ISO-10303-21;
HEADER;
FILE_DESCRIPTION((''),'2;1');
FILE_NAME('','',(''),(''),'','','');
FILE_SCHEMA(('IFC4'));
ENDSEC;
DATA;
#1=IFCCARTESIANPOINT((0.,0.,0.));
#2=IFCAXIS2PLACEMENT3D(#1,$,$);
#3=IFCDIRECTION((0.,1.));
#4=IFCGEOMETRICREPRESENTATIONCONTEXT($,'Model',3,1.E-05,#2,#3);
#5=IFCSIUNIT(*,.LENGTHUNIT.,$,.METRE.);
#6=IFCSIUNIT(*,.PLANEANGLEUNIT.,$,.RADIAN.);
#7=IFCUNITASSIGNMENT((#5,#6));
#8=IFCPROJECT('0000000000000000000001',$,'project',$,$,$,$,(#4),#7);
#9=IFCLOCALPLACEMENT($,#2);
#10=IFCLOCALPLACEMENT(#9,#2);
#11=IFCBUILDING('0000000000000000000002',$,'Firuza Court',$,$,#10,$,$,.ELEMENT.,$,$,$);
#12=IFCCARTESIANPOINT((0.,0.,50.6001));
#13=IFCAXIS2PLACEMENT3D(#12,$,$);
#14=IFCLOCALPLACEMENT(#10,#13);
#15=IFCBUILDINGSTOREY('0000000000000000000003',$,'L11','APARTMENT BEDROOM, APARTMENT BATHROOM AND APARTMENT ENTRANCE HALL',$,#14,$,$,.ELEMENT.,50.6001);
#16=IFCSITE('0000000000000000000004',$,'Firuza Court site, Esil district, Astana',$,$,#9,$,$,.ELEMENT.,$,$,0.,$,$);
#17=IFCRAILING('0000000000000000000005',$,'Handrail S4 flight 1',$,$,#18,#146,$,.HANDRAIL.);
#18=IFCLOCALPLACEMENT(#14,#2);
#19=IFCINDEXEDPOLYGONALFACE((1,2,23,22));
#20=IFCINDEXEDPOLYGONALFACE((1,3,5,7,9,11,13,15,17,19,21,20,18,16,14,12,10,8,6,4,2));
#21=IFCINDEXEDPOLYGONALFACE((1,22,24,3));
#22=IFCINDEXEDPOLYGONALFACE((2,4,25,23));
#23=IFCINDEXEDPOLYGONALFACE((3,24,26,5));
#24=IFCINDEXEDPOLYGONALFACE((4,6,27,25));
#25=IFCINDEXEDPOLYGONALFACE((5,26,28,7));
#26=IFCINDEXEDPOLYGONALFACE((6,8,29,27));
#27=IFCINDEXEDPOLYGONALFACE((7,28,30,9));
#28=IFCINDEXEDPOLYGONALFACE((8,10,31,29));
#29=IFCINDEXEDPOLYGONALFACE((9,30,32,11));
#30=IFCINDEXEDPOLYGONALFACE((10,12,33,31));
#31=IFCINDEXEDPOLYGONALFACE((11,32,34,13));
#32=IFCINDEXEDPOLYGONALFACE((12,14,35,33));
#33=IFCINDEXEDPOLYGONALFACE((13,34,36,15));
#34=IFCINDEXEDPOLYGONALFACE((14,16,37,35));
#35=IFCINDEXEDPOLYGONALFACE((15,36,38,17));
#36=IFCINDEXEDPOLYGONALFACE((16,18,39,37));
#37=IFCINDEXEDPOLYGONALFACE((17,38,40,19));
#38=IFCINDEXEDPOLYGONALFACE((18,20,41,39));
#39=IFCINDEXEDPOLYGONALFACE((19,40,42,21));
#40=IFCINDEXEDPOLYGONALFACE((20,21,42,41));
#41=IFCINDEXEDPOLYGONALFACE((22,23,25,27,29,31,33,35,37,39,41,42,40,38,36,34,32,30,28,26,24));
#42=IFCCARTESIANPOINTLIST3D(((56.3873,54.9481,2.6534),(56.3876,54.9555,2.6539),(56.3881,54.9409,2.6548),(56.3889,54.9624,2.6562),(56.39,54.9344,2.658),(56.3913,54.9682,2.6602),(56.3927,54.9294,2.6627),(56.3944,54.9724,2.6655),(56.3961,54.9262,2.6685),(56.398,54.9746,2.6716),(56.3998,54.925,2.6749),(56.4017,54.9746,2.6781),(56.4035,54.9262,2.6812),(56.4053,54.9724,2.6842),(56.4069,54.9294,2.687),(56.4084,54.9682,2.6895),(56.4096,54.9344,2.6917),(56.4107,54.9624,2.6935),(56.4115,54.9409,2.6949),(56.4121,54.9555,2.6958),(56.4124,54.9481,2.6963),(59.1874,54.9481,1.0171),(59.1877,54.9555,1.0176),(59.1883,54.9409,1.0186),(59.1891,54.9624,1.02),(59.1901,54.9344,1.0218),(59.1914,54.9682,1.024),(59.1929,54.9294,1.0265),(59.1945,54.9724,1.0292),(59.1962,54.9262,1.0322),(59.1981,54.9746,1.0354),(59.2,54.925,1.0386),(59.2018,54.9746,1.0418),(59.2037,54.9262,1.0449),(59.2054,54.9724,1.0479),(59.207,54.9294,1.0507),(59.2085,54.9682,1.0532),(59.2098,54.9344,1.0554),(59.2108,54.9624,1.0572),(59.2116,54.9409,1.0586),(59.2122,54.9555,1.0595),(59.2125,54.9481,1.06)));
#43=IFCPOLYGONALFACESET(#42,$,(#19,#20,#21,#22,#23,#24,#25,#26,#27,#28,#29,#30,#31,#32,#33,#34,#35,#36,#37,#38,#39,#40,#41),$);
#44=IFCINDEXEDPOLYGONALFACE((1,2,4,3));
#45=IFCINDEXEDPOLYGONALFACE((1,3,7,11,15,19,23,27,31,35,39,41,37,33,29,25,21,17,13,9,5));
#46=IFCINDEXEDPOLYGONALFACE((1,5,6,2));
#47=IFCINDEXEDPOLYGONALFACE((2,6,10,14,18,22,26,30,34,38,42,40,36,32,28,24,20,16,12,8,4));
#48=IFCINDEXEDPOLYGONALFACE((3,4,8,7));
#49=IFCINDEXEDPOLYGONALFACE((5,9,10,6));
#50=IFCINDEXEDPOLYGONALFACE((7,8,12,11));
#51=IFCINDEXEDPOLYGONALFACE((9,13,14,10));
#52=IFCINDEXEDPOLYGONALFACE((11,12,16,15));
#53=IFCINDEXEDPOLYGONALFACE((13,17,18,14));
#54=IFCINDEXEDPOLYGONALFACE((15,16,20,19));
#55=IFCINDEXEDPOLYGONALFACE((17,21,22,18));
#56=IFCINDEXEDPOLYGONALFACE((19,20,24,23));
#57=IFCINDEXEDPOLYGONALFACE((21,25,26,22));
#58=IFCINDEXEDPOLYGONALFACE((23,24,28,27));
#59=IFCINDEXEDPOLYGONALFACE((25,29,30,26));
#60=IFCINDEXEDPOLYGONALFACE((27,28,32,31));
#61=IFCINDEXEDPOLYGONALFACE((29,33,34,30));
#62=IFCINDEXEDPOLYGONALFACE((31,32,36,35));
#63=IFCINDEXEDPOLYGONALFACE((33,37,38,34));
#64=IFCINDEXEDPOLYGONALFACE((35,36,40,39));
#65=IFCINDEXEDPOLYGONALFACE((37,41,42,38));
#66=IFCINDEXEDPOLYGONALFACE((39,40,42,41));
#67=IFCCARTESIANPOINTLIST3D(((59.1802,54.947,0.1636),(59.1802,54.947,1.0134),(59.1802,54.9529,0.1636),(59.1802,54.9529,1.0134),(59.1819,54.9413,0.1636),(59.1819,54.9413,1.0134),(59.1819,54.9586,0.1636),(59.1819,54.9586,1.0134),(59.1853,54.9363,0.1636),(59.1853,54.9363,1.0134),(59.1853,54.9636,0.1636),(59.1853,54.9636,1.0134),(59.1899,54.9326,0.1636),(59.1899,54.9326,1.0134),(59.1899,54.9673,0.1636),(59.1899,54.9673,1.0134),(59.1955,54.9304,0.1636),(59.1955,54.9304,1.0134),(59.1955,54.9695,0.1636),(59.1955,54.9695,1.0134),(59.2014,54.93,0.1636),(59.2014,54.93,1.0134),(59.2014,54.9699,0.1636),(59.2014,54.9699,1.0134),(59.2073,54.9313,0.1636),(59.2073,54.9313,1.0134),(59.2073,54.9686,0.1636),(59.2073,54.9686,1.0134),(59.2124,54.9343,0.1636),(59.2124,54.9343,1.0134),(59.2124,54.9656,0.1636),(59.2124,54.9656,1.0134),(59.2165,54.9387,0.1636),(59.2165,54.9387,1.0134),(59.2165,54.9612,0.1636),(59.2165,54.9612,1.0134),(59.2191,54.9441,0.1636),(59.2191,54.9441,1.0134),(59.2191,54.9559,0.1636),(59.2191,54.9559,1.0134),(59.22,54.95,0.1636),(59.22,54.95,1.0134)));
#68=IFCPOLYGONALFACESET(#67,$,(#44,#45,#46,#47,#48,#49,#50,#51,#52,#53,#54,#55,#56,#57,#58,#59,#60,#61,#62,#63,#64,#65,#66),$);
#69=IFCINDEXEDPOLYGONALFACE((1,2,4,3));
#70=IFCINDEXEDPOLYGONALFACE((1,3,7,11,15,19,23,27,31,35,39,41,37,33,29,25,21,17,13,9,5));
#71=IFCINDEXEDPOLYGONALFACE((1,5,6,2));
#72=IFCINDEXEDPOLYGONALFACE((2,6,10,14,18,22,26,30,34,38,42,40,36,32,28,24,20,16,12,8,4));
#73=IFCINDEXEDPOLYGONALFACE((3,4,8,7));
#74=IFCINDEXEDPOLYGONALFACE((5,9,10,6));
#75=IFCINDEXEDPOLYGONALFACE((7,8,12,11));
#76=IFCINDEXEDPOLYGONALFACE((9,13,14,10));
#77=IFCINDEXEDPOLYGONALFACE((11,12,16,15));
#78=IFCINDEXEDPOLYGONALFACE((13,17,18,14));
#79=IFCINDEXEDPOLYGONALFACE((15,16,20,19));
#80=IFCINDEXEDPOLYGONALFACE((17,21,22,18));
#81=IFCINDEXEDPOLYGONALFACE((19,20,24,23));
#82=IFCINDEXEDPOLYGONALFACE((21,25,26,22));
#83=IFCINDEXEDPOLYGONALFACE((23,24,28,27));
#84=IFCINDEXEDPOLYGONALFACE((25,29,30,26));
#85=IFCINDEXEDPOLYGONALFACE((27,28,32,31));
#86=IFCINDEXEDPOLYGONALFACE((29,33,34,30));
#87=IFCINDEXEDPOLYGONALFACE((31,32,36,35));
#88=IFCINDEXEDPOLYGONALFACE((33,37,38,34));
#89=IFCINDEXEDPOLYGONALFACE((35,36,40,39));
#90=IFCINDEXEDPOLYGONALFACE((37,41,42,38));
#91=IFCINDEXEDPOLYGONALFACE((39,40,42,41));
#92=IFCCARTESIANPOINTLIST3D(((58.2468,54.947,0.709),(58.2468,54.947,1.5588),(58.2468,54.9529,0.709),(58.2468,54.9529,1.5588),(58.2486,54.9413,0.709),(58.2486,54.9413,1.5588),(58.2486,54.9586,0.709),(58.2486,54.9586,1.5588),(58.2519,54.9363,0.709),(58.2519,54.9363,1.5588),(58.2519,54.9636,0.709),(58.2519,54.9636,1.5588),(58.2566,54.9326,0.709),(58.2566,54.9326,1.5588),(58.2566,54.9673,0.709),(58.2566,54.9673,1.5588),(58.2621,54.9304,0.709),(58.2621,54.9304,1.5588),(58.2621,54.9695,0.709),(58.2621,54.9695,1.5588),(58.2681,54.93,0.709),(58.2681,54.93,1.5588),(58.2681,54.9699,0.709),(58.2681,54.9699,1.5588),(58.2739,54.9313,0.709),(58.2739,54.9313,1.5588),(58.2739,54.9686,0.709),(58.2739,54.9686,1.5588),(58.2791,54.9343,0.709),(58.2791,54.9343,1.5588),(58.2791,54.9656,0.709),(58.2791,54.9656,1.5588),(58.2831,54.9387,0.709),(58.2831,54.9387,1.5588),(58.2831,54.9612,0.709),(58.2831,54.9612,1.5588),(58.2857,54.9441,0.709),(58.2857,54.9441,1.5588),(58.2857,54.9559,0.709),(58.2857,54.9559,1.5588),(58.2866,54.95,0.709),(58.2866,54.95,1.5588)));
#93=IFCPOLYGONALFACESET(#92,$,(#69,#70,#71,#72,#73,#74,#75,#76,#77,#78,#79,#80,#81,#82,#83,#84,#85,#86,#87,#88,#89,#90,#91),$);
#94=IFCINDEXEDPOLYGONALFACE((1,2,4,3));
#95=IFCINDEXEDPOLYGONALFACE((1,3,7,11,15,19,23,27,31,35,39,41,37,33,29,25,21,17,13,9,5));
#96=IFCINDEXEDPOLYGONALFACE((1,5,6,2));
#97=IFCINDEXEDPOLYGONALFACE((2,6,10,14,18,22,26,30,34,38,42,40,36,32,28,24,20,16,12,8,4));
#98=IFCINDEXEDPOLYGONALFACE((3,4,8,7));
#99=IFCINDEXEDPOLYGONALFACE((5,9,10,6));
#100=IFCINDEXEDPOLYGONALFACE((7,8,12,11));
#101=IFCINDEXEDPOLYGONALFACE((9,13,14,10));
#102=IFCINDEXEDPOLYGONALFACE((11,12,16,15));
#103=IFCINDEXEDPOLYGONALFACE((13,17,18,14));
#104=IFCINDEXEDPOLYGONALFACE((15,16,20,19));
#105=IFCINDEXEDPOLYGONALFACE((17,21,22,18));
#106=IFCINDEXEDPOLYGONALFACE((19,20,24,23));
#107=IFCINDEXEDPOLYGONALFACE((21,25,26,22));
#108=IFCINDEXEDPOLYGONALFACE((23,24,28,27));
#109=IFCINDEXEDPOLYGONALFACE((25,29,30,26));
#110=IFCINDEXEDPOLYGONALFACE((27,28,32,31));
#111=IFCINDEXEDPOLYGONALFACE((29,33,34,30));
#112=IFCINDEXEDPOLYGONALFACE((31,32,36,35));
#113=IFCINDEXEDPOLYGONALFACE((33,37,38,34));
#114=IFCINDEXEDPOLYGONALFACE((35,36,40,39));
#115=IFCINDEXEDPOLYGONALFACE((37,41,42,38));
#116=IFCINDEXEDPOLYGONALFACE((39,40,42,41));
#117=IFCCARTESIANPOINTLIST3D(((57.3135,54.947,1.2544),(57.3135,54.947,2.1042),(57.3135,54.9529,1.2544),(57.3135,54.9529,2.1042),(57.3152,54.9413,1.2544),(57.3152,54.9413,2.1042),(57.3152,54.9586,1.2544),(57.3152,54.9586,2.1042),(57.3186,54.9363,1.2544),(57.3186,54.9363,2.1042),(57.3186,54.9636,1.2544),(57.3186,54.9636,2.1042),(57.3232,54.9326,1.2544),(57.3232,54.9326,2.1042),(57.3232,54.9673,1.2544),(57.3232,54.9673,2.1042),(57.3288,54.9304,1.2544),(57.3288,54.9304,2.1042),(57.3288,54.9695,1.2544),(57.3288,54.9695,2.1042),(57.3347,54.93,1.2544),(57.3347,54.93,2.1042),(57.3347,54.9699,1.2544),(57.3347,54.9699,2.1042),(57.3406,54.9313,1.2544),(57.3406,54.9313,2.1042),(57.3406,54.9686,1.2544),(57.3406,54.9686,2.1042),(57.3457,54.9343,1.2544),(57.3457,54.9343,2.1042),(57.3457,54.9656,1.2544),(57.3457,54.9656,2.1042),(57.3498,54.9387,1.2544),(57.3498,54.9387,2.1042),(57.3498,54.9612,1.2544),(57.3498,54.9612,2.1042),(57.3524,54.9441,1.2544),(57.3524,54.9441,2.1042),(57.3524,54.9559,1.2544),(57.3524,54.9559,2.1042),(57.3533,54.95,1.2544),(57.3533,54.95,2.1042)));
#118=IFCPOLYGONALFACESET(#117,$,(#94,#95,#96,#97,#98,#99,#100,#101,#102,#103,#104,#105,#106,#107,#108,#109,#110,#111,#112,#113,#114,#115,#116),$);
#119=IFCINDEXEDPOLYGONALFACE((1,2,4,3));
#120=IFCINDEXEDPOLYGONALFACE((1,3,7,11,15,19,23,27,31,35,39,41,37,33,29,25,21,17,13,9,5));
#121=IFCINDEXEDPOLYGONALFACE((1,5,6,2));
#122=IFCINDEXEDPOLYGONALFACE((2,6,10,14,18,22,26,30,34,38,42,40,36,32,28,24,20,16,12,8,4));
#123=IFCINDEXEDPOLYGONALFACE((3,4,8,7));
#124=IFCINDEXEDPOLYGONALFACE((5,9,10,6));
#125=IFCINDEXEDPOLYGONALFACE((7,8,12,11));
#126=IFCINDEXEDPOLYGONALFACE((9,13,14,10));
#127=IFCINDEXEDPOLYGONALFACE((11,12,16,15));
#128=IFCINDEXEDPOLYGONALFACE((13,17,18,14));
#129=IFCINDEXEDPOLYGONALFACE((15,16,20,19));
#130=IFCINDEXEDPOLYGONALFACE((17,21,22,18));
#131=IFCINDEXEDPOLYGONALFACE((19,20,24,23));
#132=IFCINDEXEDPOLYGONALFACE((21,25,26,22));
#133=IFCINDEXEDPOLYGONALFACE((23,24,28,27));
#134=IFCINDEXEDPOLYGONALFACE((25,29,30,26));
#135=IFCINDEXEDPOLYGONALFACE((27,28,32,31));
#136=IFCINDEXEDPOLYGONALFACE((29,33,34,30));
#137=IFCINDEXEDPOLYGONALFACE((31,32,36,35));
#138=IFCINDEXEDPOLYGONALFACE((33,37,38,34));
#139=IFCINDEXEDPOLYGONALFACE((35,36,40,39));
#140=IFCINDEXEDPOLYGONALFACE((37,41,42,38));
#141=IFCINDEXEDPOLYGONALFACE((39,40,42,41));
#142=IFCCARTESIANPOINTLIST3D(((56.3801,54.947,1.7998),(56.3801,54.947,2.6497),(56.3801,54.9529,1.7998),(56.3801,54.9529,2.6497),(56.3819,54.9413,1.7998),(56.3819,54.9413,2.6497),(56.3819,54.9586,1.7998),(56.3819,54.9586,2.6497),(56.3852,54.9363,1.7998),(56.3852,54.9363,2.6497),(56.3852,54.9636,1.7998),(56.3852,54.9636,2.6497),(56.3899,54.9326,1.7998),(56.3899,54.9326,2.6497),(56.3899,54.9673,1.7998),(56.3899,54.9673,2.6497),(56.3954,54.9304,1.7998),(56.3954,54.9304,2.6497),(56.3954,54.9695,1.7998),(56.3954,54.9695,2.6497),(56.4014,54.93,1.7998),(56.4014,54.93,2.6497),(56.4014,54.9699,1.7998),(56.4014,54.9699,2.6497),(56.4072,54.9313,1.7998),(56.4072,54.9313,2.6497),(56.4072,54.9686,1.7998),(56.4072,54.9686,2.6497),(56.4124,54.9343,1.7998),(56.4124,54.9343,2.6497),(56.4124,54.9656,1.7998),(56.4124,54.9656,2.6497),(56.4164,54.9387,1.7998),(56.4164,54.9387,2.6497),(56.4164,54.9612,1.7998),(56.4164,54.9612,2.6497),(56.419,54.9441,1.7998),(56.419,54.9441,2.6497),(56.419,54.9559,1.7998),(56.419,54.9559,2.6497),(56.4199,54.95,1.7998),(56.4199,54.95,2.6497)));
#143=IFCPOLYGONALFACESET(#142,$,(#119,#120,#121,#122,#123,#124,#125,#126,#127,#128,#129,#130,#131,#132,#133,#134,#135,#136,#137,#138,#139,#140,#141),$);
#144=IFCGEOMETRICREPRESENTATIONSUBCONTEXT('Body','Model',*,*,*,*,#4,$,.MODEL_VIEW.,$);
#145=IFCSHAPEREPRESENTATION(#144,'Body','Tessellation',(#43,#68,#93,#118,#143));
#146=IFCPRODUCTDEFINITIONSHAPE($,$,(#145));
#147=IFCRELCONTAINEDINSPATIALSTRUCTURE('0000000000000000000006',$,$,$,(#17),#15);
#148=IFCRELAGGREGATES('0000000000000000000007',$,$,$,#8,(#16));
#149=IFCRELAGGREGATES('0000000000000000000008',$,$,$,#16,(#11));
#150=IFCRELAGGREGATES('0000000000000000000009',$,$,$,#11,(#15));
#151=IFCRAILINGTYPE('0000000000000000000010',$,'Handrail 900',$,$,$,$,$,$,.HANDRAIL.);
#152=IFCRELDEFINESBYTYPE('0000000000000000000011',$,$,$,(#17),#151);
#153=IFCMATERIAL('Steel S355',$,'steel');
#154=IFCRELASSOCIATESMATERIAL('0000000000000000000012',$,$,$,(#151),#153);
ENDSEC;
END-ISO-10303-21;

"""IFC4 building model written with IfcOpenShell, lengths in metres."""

from ifc_helpers import new_model, si_unit, direction, frame, origin, origin_2d, place, context, subcontext, project, spatial, circle, extrude, material, type_object, element, save


model = new_model("IFC4")

# Units and contexts
model_context = context("Model", 3, precision=1e-05, world=origin(), true_north=direction((0.0, 1.0)))
body_context = subcontext(model_context, "Body", "Model", "MODEL_VIEW")
ifc_project = project(units=[si_unit("LENGTHUNIT", "METRE"), si_unit("PLANEANGLEUNIT", "RADIAN")], contexts=[model_context])

# Site, building, storey
site_placement = place(None, origin())
site = spatial("IfcSite", under=ifc_project, at=site_placement, Name="Firuza Court site, Esil district, Astana", CompositionType="ELEMENT", RefElevation=0.0)
building_placement = place(site_placement, origin())
building = spatial("IfcBuilding", under=site, at=building_placement, Name="Firuza Court", CompositionType="ELEMENT")
storey_placement = place(building_placement, frame((0.0, 0.0, 50.6001)))
storey = spatial("IfcBuildingStorey", under=building, at=storey_placement, Name="L11", Description="APARTMENT BEDROOM, APARTMENT BATHROOM AND APARTMENT ENTRANCE HALL", CompositionType="ELEMENT", Elevation=50.6001)

# Railing
ifc_material_1 = material(Name="Steel S355", Category="steel")
railing_type_1 = type_object("IfcRailingType", Name="Handrail 900", PredefinedType="HANDRAIL", material=ifc_material_1)
railing_1_placement = place(storey_placement, frame((59.2, 54.95, 0.1636)))
element("IfcRailing", 1, at=railing_1_placement, inside=storey, type_object=railing_type_1, Name="Handrail S4 flight 1", PredefinedType="HANDRAIL", context=body_context, shape_type="SweptSolid", body=[
    extrude(circle(Radius=0.0249, at=origin_2d()), frame((0.0, 0.0, 0.875), z_axis=(-0.863394, 0.0, 0.504531), x_axis=(0.0, -1.0, 0.0)), (0.0, 0.0, 1.0), 3.2432),
    extrude(circle(Radius=0.02, at=origin_2d()), origin(), (0.0, 0.0, 1.0), 0.8499),
    extrude(circle(Radius=0.02, at=origin_2d()), frame((-0.9333, 0.0, 0.5454)), (0.0, 0.0, 1.0), 0.8499),
    extrude(circle(Radius=0.02, at=origin_2d()), frame((-1.8667, 0.0, 1.0908)), (0.0, 0.0, 1.0), 0.8499),
    extrude(circle(Radius=0.02, at=origin_2d()), frame((-2.8, 0.0, 1.6362)), (0.0, 0.0, 1.0), 0.8499),
])

save(model, "model.ifc")
